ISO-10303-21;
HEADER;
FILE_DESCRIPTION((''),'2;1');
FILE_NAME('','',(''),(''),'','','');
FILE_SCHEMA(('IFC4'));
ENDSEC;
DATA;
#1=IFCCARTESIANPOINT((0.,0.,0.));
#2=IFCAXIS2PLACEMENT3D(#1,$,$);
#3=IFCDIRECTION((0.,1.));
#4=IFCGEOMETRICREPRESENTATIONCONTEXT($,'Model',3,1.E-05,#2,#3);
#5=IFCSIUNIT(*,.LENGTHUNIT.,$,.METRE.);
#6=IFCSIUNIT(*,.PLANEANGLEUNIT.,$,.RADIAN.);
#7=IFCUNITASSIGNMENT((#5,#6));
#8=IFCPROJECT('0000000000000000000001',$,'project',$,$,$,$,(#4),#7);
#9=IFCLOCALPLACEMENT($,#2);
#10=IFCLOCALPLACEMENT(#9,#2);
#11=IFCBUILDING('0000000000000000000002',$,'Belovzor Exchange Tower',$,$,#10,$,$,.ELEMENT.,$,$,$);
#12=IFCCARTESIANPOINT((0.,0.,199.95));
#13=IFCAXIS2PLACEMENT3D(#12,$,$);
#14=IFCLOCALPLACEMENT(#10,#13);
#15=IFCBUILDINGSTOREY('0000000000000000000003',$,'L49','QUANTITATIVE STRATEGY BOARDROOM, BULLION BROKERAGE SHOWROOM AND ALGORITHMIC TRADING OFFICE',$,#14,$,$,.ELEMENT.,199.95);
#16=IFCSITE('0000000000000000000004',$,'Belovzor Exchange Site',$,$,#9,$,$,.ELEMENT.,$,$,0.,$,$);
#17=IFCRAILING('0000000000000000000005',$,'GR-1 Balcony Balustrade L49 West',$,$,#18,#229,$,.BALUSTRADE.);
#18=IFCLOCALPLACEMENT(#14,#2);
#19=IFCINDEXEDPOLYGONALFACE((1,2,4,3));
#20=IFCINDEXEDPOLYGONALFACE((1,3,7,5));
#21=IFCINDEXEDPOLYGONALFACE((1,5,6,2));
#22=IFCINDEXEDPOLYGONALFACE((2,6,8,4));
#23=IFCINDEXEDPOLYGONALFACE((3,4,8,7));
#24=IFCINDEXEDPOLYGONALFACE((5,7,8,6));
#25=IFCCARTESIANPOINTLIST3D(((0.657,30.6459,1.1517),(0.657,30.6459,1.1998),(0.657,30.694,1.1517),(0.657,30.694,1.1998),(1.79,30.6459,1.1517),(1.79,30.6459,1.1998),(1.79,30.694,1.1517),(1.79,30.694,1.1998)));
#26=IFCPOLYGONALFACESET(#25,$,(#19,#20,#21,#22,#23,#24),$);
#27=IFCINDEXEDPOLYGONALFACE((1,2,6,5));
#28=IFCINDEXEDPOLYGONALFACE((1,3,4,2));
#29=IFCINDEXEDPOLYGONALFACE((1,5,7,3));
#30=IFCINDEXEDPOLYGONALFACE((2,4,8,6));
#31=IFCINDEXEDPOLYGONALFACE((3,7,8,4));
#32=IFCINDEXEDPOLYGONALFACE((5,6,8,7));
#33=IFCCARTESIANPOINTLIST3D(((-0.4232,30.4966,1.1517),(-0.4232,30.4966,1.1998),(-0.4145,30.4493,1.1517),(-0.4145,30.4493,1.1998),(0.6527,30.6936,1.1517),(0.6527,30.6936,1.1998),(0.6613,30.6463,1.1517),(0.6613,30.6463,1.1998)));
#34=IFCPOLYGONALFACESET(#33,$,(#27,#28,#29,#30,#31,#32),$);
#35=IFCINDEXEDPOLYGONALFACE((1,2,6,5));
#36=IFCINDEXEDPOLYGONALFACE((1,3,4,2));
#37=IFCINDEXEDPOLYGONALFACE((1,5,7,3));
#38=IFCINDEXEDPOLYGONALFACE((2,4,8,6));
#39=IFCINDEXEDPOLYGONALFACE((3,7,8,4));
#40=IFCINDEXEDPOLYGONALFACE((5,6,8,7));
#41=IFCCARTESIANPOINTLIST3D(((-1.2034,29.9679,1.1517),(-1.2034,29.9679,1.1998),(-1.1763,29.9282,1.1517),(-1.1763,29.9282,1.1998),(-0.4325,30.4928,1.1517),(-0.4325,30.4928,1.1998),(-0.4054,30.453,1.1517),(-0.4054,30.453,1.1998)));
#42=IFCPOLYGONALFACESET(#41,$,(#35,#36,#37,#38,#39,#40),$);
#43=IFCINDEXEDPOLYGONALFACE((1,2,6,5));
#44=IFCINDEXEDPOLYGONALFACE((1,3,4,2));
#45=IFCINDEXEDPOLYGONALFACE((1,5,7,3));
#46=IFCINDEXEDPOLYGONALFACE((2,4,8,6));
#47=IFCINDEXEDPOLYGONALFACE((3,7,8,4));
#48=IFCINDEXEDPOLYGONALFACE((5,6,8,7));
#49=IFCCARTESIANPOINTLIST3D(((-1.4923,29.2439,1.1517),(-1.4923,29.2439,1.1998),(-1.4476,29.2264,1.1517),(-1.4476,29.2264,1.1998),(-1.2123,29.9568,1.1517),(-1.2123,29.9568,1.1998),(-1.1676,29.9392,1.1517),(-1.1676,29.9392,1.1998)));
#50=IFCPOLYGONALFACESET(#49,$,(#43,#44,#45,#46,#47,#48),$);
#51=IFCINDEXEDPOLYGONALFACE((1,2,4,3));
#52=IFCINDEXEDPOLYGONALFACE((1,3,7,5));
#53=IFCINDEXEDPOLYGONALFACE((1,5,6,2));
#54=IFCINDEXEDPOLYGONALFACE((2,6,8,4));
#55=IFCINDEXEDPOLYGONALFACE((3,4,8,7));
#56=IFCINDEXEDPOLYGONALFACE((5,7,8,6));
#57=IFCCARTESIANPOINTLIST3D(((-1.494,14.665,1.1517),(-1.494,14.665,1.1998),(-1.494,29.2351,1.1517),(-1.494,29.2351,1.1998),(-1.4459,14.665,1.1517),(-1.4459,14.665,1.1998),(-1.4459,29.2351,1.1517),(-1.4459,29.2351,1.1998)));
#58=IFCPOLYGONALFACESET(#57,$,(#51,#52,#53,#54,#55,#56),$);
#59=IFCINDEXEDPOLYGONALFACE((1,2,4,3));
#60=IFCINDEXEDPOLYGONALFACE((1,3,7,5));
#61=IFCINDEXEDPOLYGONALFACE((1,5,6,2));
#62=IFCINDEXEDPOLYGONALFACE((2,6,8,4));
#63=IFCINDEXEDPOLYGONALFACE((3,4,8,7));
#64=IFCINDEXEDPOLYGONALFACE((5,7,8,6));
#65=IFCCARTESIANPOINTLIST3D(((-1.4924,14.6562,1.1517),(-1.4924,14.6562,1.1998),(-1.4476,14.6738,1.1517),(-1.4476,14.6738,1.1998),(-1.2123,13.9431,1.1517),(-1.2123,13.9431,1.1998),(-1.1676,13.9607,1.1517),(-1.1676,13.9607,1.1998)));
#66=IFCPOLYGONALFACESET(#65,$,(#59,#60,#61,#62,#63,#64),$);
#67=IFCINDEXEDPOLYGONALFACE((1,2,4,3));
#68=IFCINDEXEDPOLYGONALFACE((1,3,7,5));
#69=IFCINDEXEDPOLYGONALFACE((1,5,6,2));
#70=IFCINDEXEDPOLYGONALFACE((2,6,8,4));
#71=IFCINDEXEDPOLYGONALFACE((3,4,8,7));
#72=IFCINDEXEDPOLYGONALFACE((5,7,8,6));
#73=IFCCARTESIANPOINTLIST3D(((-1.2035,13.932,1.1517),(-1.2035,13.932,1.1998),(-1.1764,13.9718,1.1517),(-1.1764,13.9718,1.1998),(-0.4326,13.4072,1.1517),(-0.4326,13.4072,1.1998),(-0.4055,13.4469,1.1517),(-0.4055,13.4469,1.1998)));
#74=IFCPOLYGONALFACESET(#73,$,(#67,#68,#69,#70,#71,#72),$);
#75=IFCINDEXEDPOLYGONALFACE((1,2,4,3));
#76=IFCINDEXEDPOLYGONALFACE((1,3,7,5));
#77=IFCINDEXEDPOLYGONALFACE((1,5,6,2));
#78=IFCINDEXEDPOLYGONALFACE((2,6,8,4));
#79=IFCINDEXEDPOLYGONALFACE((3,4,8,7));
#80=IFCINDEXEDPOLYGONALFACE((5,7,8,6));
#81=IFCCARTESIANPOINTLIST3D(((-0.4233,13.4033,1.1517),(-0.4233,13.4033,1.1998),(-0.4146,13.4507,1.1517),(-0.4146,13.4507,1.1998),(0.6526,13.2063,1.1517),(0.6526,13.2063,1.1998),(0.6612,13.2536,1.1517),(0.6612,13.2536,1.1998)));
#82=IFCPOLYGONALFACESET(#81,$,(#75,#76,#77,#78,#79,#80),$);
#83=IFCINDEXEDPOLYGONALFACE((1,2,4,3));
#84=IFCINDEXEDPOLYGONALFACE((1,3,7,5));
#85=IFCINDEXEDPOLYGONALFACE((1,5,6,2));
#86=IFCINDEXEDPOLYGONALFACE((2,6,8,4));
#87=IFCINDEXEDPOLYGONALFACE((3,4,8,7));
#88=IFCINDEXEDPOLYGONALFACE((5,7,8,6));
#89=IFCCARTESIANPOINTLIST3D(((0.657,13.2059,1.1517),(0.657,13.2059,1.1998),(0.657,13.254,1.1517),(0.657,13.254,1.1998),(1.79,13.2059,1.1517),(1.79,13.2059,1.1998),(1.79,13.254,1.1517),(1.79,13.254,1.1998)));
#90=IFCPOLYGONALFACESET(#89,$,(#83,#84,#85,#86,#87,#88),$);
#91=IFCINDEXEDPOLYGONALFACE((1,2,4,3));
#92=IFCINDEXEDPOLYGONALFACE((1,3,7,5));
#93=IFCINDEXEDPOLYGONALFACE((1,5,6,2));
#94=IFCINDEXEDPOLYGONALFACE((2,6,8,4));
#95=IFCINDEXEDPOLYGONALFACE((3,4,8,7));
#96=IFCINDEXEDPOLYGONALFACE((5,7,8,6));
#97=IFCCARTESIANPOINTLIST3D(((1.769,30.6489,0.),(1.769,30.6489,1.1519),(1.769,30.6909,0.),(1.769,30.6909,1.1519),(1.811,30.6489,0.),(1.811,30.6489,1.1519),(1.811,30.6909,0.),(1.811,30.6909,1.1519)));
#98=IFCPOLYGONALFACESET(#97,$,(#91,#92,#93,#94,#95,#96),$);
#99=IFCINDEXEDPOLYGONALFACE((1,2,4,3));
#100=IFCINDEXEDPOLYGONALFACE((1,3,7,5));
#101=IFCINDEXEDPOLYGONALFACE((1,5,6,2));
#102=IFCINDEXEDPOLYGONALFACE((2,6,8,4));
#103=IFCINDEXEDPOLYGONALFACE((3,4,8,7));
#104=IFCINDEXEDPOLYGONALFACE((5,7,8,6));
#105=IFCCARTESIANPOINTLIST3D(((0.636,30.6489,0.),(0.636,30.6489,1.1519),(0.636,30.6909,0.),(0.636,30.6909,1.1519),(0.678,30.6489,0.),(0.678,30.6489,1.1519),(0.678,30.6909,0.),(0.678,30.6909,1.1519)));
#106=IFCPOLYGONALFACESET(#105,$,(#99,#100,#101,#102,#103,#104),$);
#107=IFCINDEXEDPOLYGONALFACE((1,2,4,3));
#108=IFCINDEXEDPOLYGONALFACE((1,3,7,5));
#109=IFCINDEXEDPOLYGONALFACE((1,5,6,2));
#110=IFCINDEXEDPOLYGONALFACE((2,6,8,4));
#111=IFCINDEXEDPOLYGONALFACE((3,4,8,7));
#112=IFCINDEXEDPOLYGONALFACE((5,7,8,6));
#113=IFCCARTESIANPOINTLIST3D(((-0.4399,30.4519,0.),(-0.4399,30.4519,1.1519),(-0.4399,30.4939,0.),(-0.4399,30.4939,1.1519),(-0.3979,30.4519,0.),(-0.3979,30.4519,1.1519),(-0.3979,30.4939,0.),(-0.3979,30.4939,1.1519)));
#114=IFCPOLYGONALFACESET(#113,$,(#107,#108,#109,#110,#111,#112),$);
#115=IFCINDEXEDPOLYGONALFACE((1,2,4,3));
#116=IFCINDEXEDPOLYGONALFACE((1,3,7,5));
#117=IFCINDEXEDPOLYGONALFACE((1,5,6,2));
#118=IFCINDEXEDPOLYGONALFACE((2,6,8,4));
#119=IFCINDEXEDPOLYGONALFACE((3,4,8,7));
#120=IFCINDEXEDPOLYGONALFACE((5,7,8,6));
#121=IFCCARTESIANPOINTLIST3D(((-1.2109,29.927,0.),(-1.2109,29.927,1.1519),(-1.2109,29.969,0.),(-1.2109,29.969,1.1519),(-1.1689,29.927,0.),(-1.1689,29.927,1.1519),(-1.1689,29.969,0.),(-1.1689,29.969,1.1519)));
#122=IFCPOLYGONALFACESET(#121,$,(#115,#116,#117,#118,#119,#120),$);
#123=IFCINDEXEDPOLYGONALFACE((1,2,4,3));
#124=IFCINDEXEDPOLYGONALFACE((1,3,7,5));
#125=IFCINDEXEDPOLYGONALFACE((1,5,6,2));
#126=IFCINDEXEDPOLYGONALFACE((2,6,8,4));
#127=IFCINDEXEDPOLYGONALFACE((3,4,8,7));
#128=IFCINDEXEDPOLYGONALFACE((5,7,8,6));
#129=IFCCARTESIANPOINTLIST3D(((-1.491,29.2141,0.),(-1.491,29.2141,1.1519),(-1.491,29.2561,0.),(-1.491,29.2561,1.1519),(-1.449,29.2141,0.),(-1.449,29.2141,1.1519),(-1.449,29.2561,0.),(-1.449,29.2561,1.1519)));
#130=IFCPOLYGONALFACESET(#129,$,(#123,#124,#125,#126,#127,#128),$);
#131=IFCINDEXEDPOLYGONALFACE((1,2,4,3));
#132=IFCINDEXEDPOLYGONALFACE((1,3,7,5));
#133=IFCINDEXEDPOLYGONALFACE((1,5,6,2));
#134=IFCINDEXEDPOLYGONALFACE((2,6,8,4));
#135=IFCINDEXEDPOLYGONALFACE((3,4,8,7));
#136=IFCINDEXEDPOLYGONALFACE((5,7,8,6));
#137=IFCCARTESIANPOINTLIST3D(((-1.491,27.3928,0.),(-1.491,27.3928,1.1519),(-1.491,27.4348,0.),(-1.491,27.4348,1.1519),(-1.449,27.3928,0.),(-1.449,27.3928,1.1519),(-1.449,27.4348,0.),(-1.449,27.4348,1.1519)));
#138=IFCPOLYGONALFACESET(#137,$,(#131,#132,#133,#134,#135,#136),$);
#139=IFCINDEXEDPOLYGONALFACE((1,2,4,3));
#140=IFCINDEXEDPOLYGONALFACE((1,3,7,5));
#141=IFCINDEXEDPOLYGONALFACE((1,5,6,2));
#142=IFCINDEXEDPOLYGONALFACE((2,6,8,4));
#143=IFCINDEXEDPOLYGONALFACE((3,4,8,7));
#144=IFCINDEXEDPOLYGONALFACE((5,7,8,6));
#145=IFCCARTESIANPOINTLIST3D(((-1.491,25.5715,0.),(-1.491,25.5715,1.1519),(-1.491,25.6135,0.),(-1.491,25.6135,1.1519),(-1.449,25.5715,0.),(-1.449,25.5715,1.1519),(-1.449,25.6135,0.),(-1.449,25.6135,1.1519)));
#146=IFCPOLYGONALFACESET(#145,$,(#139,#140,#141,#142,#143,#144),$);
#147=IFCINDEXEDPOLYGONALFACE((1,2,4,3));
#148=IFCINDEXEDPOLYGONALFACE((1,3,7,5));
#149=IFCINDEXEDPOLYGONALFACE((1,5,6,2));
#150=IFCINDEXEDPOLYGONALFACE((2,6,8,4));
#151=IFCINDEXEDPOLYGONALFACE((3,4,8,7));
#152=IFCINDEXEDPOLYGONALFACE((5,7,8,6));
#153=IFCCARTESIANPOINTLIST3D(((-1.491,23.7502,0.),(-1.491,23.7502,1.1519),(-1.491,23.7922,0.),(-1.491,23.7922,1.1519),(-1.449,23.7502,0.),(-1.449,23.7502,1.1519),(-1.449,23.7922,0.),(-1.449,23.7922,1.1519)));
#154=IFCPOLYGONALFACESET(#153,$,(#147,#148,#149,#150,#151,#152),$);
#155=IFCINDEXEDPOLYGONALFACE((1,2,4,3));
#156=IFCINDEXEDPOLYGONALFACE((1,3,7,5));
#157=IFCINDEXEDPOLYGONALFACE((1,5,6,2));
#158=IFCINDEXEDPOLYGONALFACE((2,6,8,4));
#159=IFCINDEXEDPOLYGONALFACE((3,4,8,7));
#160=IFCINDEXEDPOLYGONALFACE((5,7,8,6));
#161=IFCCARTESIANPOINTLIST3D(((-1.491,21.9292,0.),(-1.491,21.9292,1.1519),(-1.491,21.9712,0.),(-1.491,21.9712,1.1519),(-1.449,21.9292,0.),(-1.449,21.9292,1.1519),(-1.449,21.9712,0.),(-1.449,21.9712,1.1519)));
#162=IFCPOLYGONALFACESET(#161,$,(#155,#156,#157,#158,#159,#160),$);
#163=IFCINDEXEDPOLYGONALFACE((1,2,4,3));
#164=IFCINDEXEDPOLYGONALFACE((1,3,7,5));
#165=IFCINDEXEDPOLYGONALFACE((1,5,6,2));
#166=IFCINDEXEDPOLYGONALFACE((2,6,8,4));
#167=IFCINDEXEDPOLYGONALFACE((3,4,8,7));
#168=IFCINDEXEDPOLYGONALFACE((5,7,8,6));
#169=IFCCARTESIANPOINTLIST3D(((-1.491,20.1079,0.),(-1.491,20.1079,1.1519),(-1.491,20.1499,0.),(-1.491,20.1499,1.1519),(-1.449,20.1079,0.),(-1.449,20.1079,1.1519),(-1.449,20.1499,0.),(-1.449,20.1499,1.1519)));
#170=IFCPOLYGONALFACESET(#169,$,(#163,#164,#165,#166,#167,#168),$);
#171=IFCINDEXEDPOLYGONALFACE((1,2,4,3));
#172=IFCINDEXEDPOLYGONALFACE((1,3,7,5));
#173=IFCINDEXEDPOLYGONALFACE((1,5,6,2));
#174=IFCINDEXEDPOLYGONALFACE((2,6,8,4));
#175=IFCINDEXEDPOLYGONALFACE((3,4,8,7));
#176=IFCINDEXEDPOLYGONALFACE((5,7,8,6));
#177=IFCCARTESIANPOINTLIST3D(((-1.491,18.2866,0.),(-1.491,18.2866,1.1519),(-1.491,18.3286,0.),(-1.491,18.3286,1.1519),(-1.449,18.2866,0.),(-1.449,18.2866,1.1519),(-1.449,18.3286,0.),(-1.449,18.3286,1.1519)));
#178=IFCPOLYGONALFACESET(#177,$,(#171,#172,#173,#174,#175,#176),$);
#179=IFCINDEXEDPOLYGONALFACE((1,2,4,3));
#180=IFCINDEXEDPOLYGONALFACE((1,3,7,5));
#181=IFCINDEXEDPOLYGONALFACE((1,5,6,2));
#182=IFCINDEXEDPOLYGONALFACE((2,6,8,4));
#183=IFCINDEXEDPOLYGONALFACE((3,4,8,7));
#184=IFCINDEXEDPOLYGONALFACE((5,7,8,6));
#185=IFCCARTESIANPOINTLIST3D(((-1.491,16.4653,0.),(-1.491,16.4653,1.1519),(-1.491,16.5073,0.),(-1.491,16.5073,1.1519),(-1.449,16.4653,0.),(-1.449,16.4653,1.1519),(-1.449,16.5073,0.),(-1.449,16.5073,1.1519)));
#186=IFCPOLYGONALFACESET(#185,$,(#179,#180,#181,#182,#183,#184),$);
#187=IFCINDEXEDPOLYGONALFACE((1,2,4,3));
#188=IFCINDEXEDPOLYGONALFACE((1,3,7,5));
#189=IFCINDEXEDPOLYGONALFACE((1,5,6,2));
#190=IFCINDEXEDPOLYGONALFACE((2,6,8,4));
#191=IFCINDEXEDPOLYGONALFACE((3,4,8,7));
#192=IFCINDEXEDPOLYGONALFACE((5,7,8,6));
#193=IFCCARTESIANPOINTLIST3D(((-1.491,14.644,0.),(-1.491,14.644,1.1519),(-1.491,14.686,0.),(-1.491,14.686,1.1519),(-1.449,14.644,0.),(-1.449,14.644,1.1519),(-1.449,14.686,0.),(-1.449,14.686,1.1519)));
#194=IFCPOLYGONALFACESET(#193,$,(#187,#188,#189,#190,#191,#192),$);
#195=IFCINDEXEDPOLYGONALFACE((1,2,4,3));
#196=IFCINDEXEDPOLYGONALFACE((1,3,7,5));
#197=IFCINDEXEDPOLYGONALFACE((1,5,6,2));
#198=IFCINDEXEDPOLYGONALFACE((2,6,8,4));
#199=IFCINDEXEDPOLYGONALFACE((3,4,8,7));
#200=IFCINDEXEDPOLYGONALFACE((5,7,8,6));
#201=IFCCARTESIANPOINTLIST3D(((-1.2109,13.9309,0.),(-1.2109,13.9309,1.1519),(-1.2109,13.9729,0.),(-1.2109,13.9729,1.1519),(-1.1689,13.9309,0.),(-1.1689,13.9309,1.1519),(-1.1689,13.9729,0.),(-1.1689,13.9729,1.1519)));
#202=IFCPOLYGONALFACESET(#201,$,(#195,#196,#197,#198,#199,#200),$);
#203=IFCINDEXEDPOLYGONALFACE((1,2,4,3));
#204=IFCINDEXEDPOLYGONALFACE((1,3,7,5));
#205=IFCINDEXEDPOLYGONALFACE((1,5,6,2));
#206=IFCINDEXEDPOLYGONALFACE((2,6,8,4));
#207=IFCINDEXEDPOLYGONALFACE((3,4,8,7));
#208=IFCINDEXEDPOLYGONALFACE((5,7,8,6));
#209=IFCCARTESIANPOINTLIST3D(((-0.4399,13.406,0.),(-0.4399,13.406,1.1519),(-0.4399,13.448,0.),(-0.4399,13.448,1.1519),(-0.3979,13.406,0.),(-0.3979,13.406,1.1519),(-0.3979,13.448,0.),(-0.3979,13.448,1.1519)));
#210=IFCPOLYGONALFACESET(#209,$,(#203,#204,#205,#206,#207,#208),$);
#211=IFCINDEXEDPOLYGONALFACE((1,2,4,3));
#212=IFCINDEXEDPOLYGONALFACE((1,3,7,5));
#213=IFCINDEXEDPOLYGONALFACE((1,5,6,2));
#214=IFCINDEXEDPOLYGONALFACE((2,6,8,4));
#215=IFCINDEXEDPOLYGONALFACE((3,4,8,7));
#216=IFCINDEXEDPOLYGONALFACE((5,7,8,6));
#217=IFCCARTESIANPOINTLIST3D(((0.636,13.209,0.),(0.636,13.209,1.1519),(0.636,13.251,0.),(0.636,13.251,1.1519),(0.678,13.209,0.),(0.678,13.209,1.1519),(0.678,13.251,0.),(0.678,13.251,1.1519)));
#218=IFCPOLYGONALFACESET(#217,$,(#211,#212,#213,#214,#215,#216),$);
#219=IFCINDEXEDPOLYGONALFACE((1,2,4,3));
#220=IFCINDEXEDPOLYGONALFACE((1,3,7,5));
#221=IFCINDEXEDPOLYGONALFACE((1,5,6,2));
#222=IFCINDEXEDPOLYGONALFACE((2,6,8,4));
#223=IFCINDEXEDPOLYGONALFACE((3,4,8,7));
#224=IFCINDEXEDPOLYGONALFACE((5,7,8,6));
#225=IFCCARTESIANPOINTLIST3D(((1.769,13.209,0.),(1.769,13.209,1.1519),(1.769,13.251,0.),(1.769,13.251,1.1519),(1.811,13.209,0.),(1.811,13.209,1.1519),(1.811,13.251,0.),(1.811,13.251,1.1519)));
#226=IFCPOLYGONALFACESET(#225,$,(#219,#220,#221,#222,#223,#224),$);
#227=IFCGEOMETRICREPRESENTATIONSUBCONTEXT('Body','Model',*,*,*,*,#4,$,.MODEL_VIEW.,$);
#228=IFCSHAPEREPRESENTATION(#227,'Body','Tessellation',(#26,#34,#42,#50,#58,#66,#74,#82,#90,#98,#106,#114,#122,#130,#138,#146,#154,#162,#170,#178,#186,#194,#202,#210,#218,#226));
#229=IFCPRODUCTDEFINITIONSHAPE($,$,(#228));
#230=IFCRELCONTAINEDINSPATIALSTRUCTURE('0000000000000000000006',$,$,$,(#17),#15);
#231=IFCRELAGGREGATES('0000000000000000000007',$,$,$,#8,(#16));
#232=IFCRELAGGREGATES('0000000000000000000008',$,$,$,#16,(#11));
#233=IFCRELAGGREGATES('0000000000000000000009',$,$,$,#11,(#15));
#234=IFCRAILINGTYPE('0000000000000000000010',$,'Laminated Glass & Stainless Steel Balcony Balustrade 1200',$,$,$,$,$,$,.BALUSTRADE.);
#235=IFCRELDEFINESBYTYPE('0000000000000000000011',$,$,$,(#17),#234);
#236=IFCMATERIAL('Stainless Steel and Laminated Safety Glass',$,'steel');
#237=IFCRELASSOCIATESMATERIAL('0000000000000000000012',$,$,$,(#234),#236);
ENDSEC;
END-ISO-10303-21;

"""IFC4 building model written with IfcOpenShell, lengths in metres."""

from ifc_helpers import new_model, si_unit, direction, frame, origin, origin_2d, place, context, subcontext, project, spatial, rectangle, extrude, material, type_object, element, save


model = new_model("IFC4")

# Units and contexts
model_context = context("Model", 3, precision=1e-05, world=origin(), true_north=direction((0.0, 1.0)))
body_context = subcontext(model_context, "Body", "Model", "MODEL_VIEW")
ifc_project = project(units=[si_unit("LENGTHUNIT", "METRE"), si_unit("PLANEANGLEUNIT", "RADIAN")], contexts=[model_context])

# Site, building, storey
site_placement = place(None, origin())
site = spatial("IfcSite", under=ifc_project, at=site_placement, Name="Belovzor Exchange Site", CompositionType="ELEMENT", RefElevation=0.0)
building_placement = place(site_placement, origin())
building = spatial("IfcBuilding", under=site, at=building_placement, Name="Belovzor Exchange Tower", CompositionType="ELEMENT")
storey_placement = place(building_placement, frame((0.0, 0.0, 199.95)))
storey = spatial("IfcBuildingStorey", under=building, at=storey_placement, Name="L49", Description="QUANTITATIVE STRATEGY BOARDROOM, BULLION BROKERAGE SHOWROOM AND ALGORITHMIC TRADING OFFICE", CompositionType="ELEMENT", Elevation=199.95)

# Railing
ifc_material_1 = material(Name="Stainless Steel and Laminated Safety Glass", Category="steel")
railing_type = type_object("IfcRailingType", Name="Laminated Glass & Stainless Steel Balcony Balustrade 1200", PredefinedType="BALUSTRADE", material=ifc_material_1)
railing_placement = place(storey_placement, frame((1.79, 30.6699, 0.0)))
element("IfcRailing", 1, at=railing_placement, inside=storey, type_object=railing_type, Name="GR-1 Balcony Balustrade L49 West", PredefinedType="BALUSTRADE", context=body_context, shape_type="SweptSolid", body=[
    extrude(rectangle(XDim=0.0481, YDim=0.0481, at=origin_2d()), frame((0.0, 0.0, 1.1758), z_axis=(-1.0, 0.0, 0.0), x_axis=(0.0, -1.0, 0.0)), (0.0, 0.0, 1.0), 1.1331),
    extrude(rectangle(XDim=0.0481, YDim=0.0481, at=origin_2d()), frame((-1.1331, 0.0, 1.1758), z_axis=(-0.983644, -0.180123, 0.0), x_axis=(0.180123, -0.983644, 0.0)), (0.0, 0.0, 1.0), 1.0938),
    extrude(rectangle(XDim=0.0481, YDim=0.0481, at=origin_2d()), frame((-2.209, -0.197, 1.1758), z_axis=(-0.826615, -0.562768, 0.0), x_axis=(0.562768, -0.826615, 0.0)), (0.0, 0.0, 1.0), 0.9326),
    extrude(rectangle(XDim=0.0481, YDim=0.0481, at=origin_2d()), frame((-2.98, -0.7219, 1.1758), z_axis=(-0.365613, -0.930767, 0.0), x_axis=(0.930767, -0.365613, 0.0)), (0.0, 0.0, 1.0), 0.7659),
    extrude(rectangle(XDim=0.0481, YDim=0.0481, at=origin_2d()), frame((-3.26, -1.4348, 1.1758), z_axis=(0.0, -1.0, 0.0), x_axis=(1.0, 0.0, 0.0)), (0.0, 0.0, 1.0), 14.5701),
    extrude(rectangle(XDim=0.0481, YDim=0.0481, at=origin_2d()), frame((-3.26, -16.0049, 1.1758), z_axis=(0.365504, -0.93081, 0.0), x_axis=(0.93081, 0.365504, 0.0)), (0.0, 0.0, 1.0), 0.7661),
    extrude(rectangle(XDim=0.0481, YDim=0.0481, at=origin_2d()), frame((-2.98, -16.718, 1.1758), z_axis=(0.826615, -0.562768, 0.0), x_axis=(0.562768, 0.826615, 0.0)), (0.0, 0.0, 1.0), 0.9326),
    extrude(rectangle(XDim=0.0481, YDim=0.0481, at=origin_2d()), frame((-2.209, -17.2429, 1.1758), z_axis=(0.983644, -0.180123, 0.0), x_axis=(0.180123, 0.983644, 0.0)), (0.0, 0.0, 1.0), 1.0938),
    extrude(rectangle(XDim=0.0481, YDim=0.0481, at=origin_2d()), frame((-1.1331, -17.4399, 1.1758), z_axis=(1.0, 0.0, 0.0), x_axis=(0.0, 1.0, 0.0)), (0.0, 0.0, 1.0), 1.1331),
    extrude(rectangle(XDim=0.042, YDim=0.042, at=origin_2d()), origin(), (0.0, 0.0, 1.0), 1.1519),
    extrude(rectangle(XDim=0.042, YDim=0.042, at=origin_2d()), frame((-1.1331, 0.0, 0.0)), (0.0, 0.0, 1.0), 1.1519),
    extrude(rectangle(XDim=0.042, YDim=0.042, at=origin_2d()), frame((-2.209, -0.197, 0.0)), (0.0, 0.0, 1.0), 1.1519),
    extrude(rectangle(XDim=0.042, YDim=0.042, at=origin_2d()), frame((-2.98, -0.7219, 0.0)), (0.0, 0.0, 1.0), 1.1519),
    extrude(rectangle(XDim=0.042, YDim=0.042, at=origin_2d()), frame((-3.26, -1.4348, 0.0)), (0.0, 0.0, 1.0), 1.1519),
    extrude(rectangle(XDim=0.042, YDim=0.042, at=origin_2d()), frame((-3.26, -3.2561, 0.0)), (0.0, 0.0, 1.0), 1.1519),
    extrude(rectangle(XDim=0.042, YDim=0.042, at=origin_2d()), frame((-3.26, -5.0774, 0.0)), (0.0, 0.0, 1.0), 1.1519),
    extrude(rectangle(XDim=0.042, YDim=0.042, at=origin_2d()), frame((-3.26, -6.8987, 0.0)), (0.0, 0.0, 1.0), 1.1519),
    extrude(rectangle(XDim=0.042, YDim=0.042, at=origin_2d()), frame((-3.26, -8.7197, 0.0)), (0.0, 0.0, 1.0), 1.1519),
    extrude(rectangle(XDim=0.042, YDim=0.042, at=origin_2d()), frame((-3.26, -10.541, 0.0)), (0.0, 0.0, 1.0), 1.1519),
    extrude(rectangle(XDim=0.042, YDim=0.042, at=origin_2d()), frame((-3.26, -12.3623, 0.0)), (0.0, 0.0, 1.0), 1.1519),
    extrude(rectangle(XDim=0.042, YDim=0.042, at=origin_2d()), frame((-3.26, -14.1836, 0.0)), (0.0, 0.0, 1.0), 1.1519),
    extrude(rectangle(XDim=0.042, YDim=0.042, at=origin_2d()), frame((-3.26, -16.0049, 0.0)), (0.0, 0.0, 1.0), 1.1519),
    extrude(rectangle(XDim=0.042, YDim=0.042, at=origin_2d()), frame((-2.98, -16.718, 0.0)), (0.0, 0.0, 1.0), 1.1519),
    extrude(rectangle(XDim=0.042, YDim=0.042, at=origin_2d()), frame((-2.209, -17.2429, 0.0)), (0.0, 0.0, 1.0), 1.1519),
    extrude(rectangle(XDim=0.042, YDim=0.042, at=origin_2d()), frame((-1.1331, -17.4399, 0.0)), (0.0, 0.0, 1.0), 1.1519),
    extrude(rectangle(XDim=0.042, YDim=0.042, at=origin_2d()), frame((0.0, -17.4399, 0.0)), (0.0, 0.0, 1.0), 1.1519),
])

save(model, "model.ifc")
